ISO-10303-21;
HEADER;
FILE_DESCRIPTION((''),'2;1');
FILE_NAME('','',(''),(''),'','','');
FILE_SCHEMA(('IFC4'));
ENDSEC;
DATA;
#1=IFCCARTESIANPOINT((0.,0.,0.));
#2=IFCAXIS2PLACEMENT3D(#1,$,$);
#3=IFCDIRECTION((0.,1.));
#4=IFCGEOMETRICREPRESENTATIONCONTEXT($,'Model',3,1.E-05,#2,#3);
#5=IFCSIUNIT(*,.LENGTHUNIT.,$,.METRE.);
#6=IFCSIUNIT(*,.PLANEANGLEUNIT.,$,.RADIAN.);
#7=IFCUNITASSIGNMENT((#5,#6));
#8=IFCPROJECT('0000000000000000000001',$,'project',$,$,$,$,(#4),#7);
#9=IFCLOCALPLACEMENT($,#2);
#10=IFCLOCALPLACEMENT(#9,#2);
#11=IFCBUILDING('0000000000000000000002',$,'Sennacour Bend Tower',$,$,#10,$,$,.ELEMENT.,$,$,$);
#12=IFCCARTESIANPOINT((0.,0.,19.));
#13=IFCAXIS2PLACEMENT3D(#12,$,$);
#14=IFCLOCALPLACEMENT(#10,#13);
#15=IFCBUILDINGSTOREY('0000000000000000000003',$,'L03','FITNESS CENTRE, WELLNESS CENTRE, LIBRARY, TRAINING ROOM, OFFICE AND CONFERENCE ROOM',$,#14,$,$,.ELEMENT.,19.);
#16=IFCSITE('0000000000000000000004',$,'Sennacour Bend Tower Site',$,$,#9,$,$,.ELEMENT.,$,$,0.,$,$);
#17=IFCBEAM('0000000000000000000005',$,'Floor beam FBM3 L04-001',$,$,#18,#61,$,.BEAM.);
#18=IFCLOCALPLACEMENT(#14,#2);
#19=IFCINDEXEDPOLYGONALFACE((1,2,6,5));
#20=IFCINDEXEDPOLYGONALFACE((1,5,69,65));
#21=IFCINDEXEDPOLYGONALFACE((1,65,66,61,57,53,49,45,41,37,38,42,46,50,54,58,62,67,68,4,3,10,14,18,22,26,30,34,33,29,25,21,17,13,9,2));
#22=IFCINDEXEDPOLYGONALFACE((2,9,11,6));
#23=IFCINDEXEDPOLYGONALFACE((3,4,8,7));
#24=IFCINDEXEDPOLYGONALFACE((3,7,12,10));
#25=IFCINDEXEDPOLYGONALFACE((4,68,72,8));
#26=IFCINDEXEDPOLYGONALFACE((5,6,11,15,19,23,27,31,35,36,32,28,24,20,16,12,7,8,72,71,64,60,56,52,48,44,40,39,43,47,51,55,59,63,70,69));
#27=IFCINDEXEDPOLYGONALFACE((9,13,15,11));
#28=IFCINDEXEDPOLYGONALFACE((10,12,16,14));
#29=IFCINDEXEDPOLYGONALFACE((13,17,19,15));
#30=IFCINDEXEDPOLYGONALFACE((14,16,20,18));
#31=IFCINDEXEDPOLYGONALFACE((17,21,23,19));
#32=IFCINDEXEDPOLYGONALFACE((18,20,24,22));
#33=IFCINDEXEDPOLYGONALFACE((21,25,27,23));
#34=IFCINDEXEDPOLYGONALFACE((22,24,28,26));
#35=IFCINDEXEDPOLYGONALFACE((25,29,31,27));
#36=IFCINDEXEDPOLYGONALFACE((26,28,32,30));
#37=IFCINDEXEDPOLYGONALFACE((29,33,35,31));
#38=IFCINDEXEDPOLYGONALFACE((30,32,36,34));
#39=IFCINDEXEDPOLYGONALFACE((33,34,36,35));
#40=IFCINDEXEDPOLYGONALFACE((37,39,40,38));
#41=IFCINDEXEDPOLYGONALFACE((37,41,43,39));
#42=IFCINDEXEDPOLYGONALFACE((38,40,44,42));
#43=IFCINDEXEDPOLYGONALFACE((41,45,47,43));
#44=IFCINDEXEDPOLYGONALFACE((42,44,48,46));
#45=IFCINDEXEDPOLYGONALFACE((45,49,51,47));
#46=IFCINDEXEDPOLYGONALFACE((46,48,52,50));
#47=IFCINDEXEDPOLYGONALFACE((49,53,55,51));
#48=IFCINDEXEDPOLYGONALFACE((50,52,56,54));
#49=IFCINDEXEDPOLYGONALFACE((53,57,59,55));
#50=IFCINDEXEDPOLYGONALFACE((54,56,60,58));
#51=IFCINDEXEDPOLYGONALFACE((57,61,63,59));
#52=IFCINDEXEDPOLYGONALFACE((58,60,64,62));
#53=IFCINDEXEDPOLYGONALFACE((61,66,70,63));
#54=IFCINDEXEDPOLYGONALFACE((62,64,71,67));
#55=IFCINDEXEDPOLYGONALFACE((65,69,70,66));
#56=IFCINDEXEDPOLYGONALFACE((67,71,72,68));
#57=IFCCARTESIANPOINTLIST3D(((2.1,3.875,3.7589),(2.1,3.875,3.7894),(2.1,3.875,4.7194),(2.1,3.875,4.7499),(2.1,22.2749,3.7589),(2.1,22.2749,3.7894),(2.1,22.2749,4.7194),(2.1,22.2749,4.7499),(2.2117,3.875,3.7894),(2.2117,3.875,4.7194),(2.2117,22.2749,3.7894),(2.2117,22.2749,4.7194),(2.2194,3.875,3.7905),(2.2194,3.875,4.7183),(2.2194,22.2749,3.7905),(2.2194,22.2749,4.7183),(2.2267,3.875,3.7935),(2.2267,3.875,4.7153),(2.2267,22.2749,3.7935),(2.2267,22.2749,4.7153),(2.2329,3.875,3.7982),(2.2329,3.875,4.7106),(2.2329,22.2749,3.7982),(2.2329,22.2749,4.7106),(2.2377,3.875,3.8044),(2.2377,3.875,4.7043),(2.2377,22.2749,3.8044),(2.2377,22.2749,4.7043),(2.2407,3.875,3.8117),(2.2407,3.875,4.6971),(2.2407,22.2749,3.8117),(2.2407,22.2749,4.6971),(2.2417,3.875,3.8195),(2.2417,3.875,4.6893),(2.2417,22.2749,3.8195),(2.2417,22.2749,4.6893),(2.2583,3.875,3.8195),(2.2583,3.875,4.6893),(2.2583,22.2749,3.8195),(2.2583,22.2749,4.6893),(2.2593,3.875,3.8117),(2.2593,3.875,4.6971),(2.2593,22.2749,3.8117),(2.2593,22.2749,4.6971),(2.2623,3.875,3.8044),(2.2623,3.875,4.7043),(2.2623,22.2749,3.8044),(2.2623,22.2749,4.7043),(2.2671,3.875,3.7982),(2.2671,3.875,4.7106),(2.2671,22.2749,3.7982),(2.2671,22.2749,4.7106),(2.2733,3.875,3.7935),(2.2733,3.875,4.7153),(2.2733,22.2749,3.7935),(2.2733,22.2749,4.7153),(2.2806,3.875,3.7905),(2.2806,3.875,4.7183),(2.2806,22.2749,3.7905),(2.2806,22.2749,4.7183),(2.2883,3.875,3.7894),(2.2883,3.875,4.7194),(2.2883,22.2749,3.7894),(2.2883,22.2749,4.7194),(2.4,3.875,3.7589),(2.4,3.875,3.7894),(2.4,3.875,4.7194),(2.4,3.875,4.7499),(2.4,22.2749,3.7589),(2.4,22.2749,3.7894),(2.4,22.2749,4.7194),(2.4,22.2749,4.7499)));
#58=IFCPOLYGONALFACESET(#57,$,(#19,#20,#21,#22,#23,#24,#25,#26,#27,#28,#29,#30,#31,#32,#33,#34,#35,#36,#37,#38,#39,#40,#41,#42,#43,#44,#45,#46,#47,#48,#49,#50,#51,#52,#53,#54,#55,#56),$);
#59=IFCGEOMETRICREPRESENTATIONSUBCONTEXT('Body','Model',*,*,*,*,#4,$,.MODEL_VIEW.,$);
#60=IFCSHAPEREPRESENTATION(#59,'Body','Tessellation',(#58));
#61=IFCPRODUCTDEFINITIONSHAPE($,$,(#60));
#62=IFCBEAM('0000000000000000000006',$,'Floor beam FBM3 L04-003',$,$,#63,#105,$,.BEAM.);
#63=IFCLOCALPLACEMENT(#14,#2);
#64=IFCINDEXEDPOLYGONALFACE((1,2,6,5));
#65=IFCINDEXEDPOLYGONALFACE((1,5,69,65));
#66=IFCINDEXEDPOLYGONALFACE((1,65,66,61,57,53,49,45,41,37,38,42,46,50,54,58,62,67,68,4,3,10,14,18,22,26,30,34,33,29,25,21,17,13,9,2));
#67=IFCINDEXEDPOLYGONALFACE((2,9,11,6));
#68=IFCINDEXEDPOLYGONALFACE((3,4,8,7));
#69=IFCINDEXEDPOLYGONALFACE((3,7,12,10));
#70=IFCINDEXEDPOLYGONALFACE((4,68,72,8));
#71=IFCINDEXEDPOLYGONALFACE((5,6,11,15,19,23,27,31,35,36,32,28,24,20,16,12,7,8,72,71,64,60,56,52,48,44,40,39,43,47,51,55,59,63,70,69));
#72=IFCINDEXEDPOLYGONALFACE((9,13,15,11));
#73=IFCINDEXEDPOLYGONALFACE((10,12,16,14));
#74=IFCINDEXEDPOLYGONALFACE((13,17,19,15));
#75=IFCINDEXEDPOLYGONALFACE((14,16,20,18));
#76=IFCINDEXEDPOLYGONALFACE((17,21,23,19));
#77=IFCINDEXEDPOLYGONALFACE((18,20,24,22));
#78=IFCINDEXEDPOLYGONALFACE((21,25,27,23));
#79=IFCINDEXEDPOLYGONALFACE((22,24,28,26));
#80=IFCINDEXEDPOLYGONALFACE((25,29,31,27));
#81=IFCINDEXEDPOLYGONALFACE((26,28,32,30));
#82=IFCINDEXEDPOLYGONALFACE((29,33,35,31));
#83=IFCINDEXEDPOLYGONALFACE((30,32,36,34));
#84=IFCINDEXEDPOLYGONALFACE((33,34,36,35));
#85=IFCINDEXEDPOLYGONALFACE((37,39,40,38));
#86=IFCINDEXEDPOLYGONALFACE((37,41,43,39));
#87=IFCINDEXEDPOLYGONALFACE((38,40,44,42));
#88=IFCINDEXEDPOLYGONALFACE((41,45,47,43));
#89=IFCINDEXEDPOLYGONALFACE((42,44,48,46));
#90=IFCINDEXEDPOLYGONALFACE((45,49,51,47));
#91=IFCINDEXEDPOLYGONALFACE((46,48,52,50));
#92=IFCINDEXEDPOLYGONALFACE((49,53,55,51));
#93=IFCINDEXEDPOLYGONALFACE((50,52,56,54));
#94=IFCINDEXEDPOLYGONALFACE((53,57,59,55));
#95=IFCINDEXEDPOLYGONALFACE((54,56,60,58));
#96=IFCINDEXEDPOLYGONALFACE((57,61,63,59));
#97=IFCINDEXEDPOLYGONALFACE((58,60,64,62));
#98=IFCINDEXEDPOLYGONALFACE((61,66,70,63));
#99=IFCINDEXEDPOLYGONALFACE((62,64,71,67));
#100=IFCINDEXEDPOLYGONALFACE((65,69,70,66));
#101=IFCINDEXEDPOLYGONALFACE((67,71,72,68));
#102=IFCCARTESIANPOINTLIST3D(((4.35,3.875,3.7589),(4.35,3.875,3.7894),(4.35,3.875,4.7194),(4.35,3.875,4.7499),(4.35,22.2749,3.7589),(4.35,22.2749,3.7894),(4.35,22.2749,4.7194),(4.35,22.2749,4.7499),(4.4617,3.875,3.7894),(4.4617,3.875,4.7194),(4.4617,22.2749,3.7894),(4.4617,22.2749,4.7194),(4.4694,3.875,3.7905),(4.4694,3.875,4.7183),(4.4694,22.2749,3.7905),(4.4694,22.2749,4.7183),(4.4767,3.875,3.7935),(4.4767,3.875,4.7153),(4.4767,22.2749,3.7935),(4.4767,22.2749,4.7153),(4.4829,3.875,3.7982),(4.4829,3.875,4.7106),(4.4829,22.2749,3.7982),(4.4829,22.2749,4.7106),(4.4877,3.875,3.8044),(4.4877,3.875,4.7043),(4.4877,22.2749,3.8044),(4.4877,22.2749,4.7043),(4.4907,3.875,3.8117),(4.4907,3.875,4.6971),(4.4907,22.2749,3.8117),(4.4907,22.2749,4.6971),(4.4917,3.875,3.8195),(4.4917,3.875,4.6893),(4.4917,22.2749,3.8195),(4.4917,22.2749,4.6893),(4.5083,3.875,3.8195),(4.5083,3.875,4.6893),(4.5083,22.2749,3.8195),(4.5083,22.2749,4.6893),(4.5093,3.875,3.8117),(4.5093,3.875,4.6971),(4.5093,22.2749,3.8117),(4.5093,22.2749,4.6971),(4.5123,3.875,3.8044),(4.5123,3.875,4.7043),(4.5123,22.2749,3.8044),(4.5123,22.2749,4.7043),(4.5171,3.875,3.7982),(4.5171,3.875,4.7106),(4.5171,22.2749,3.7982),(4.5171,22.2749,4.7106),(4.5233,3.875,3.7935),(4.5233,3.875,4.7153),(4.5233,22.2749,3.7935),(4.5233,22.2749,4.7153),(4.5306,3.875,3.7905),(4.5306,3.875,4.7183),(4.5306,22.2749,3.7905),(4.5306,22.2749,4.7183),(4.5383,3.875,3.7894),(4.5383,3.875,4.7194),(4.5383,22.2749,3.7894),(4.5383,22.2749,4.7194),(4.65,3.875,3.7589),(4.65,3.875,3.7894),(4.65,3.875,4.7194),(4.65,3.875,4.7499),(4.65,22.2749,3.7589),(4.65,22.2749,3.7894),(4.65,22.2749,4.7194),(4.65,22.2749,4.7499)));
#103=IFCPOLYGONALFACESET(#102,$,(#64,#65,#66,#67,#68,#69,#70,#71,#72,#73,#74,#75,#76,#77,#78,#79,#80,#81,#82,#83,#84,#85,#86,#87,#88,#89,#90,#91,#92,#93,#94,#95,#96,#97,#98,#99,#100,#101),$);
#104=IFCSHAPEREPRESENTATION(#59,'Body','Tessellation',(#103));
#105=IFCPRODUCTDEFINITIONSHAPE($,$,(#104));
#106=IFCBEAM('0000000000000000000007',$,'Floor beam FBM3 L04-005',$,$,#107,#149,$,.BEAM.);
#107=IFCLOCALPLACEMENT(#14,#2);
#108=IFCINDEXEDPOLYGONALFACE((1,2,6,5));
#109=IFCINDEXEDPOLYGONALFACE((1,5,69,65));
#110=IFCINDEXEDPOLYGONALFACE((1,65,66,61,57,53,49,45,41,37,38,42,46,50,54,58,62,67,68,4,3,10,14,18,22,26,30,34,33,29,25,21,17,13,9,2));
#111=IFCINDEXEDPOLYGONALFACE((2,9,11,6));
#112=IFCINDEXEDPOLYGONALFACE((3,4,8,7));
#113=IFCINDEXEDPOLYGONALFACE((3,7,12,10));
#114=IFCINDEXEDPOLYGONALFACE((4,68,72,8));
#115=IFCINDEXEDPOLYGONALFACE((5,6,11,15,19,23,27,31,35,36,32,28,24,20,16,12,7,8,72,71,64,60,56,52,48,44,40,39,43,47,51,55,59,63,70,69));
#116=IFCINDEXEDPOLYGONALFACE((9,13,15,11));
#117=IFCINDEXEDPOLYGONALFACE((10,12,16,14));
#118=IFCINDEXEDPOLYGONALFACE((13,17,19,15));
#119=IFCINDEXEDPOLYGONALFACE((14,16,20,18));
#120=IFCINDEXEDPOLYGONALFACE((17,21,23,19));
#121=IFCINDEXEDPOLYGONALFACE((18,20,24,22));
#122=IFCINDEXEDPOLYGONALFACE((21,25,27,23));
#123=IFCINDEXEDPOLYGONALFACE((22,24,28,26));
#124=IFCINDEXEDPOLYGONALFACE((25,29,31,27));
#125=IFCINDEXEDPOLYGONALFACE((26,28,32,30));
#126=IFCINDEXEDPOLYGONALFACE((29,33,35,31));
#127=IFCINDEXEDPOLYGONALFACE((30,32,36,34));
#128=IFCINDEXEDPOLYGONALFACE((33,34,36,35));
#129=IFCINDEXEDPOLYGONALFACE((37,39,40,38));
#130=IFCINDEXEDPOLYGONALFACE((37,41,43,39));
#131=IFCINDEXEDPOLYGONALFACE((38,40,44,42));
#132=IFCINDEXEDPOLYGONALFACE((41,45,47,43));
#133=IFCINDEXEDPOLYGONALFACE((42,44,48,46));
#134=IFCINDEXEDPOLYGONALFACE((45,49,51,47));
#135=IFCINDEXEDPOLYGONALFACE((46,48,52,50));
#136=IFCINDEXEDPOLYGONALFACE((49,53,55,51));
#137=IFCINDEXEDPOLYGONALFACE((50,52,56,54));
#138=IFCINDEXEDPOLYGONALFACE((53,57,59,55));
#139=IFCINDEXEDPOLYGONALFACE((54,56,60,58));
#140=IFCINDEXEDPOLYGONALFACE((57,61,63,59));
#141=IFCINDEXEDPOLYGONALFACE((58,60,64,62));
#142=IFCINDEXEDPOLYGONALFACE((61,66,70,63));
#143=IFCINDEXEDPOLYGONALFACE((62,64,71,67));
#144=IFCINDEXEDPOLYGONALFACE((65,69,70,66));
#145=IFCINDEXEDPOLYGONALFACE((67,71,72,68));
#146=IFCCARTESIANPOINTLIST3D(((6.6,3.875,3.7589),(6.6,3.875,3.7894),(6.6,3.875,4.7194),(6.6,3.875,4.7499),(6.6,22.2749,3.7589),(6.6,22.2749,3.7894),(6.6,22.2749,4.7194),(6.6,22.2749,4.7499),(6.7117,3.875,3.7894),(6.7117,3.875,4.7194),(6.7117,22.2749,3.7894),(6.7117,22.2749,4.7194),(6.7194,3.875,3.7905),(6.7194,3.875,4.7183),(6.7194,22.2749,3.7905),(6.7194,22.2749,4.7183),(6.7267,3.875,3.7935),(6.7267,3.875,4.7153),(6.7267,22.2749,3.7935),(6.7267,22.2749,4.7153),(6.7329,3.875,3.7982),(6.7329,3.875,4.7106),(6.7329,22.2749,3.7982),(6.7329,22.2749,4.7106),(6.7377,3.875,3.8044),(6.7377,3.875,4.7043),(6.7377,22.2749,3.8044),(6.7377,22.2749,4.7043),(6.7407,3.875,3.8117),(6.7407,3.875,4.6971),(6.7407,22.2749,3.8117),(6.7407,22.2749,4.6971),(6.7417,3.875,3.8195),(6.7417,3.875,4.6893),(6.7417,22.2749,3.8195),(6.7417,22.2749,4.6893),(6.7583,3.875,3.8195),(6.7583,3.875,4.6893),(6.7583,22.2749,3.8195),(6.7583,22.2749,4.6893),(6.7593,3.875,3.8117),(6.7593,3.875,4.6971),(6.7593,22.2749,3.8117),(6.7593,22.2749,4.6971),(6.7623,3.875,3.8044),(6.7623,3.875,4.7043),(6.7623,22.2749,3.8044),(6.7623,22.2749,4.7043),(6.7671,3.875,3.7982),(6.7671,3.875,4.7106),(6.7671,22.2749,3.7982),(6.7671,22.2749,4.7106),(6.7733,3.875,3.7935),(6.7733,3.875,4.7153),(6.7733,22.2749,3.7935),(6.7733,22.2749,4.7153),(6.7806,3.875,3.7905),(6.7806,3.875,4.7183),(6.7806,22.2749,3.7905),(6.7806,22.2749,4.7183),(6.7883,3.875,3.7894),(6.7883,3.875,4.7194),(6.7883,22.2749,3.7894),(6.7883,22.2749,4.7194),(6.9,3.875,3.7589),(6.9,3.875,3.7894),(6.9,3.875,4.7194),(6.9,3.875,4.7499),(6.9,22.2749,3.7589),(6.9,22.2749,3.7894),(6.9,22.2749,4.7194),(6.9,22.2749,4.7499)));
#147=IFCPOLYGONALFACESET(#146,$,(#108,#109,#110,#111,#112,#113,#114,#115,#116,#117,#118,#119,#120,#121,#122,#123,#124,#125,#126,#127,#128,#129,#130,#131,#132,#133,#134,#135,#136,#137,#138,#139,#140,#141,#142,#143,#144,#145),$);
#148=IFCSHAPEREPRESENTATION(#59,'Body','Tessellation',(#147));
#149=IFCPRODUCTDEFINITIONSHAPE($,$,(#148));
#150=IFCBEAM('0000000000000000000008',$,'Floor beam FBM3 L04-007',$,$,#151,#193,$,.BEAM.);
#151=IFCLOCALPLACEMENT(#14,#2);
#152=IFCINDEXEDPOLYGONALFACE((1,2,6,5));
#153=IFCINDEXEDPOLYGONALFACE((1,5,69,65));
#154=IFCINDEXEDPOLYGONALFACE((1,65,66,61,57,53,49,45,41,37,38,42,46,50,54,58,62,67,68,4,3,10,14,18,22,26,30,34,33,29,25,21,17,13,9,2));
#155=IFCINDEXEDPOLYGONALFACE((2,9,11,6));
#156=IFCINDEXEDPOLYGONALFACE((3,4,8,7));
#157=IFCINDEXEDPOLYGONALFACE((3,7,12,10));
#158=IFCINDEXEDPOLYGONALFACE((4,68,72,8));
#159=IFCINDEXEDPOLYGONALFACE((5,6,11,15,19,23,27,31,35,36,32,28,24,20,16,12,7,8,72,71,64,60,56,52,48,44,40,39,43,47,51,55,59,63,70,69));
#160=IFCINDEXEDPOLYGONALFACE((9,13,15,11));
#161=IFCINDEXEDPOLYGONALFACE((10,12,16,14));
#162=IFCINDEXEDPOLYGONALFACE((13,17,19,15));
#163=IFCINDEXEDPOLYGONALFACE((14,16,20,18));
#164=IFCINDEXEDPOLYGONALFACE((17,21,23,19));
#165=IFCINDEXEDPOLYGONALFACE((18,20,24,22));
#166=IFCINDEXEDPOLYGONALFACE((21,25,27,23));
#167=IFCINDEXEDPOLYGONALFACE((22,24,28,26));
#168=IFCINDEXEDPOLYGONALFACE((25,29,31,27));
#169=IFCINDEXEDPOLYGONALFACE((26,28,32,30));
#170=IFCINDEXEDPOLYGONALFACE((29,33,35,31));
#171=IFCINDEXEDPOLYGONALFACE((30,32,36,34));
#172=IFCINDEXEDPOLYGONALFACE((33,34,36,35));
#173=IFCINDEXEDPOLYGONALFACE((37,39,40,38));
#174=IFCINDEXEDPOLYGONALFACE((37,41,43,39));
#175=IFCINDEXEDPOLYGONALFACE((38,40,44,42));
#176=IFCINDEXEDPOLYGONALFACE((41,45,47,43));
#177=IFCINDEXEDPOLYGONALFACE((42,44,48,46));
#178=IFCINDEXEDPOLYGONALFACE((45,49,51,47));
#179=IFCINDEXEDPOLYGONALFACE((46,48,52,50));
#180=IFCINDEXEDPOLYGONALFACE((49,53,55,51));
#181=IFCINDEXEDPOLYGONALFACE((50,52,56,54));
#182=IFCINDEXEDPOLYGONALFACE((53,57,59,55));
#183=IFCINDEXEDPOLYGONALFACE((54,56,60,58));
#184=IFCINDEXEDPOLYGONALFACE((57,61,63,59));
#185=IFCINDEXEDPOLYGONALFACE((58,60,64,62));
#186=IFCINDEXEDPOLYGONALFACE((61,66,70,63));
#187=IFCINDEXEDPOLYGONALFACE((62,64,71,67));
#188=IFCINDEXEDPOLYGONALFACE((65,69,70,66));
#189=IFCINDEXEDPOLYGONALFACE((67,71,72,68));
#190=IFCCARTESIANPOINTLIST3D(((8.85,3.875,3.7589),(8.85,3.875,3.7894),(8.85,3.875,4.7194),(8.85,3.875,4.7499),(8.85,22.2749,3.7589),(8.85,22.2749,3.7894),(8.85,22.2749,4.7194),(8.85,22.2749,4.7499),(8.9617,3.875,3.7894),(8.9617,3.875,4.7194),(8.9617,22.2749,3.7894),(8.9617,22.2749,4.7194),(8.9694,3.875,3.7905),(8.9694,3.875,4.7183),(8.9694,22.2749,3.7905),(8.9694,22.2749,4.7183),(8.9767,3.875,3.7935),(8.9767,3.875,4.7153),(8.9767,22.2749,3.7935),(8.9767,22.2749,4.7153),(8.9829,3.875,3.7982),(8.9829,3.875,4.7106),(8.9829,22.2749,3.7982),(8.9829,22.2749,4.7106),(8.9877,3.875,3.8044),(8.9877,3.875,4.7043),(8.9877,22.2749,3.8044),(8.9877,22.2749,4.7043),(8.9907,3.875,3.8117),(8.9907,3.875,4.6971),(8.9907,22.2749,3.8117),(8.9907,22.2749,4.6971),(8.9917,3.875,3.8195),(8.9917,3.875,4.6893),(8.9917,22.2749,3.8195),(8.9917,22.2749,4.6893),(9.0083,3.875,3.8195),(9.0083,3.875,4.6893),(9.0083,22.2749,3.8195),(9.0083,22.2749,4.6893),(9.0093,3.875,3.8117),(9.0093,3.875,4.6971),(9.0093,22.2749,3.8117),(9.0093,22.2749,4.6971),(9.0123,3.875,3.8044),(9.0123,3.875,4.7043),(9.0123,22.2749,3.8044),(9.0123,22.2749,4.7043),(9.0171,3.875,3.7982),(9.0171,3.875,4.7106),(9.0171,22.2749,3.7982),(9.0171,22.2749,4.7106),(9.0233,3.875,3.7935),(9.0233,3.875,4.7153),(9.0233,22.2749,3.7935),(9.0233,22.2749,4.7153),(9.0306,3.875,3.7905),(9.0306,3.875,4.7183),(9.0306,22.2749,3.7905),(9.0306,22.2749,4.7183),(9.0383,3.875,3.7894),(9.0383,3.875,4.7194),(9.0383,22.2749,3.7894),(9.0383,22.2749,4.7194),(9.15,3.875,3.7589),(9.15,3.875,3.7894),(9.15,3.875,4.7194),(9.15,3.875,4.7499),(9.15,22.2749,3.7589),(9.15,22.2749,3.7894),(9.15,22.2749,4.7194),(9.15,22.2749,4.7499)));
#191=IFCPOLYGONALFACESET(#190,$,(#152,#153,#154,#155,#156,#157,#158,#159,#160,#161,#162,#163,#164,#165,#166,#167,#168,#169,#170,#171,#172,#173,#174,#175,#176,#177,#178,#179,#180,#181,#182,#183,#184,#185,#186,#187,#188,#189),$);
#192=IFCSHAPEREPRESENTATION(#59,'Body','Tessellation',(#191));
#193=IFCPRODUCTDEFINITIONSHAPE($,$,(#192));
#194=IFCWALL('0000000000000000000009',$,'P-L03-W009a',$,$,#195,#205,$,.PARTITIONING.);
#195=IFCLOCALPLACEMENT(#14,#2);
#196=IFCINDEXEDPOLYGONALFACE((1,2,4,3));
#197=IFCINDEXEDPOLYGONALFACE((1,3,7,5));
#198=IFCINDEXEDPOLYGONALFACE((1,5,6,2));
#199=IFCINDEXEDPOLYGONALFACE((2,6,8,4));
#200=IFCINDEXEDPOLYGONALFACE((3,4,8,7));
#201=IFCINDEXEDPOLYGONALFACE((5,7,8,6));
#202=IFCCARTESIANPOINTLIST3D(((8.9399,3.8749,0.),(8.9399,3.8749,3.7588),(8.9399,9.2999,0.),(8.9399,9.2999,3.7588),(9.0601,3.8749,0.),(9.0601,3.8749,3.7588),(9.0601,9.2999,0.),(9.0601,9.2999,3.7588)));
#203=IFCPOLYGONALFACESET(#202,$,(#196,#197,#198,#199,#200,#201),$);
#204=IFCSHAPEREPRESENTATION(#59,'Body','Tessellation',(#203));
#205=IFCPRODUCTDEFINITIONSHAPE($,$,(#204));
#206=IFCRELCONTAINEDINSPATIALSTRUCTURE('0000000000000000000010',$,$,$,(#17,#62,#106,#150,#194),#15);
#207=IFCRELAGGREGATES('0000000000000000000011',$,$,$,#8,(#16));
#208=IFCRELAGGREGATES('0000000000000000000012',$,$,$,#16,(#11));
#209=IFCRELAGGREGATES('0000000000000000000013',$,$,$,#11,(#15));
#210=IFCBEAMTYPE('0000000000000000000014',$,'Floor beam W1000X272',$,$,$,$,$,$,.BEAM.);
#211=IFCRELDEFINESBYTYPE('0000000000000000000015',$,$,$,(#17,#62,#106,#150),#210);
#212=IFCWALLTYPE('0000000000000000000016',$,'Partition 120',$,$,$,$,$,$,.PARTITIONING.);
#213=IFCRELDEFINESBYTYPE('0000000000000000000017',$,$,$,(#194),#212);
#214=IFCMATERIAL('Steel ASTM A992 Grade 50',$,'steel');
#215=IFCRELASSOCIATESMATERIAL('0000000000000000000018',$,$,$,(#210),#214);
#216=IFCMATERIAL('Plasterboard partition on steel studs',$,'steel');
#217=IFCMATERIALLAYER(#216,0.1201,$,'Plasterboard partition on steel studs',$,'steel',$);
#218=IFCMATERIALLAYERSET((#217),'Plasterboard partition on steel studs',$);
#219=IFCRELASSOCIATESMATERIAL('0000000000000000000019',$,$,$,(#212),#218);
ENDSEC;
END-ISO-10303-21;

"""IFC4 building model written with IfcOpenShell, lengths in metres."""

from ifc_helpers import new_model, si_unit, direction, frame, frame_2d, origin, origin_2d, place, context, subcontext, project, spatial, rectangle, i_section, extrude, material, layer, layer_set, material_profile, profile_set, type_object, element, save


model = new_model("IFC4")

# Units and contexts
model_context = context("Model", 3, precision=1e-05, world=origin(), true_north=direction((0.0, 1.0)))
body_context = subcontext(model_context, "Body", "Model", "MODEL_VIEW")
ifc_project = project(units=[si_unit("LENGTHUNIT", "METRE"), si_unit("PLANEANGLEUNIT", "RADIAN")], contexts=[model_context])

# Site, building, storey
site_placement = place(None, origin())
site = spatial("IfcSite", under=ifc_project, at=site_placement, Name="Sennacour Bend Tower Site", CompositionType="ELEMENT", RefElevation=0.0)
building_placement = place(site_placement, origin())
building = spatial("IfcBuilding", under=site, at=building_placement, Name="Sennacour Bend Tower", CompositionType="ELEMENT")
storey_placement = place(building_placement, frame((0.0, 0.0, 19.0)))
storey = spatial("IfcBuildingStorey", under=building, at=storey_placement, Name="L03", Description="FITNESS CENTRE, WELLNESS CENTRE, LIBRARY, TRAINING ROOM, OFFICE AND CONFERENCE ROOM", CompositionType="ELEMENT", Elevation=19.0)

# Beams
ifc_material_1 = material(Name="Steel ASTM A992 Grade 50", Category="steel")
ifc_material_profile = material_profile(ifc_material_1, i_section(OverallWidth=0.3, OverallDepth=0.991, WebThickness=0.0166, FlangeThickness=0.0305, FilletRadius=0.03, at=origin_2d()), Name="Steel ASTM A992 Grade 50", Category="steel")
ifc_profile_set = profile_set([ifc_material_profile], Name="Steel ASTM A992 Grade 50")
beam_type = type_object("IfcBeamType", Name="Floor beam W1000X272", PredefinedType="BEAM", material=ifc_profile_set)
for number, where, z_axis, x_axis, name in (
    (1, (2.25, 3.875, 4.2544), (0.0, 1.0, 0.0), (-1.0, 0.0, 0.0), "Floor beam FBM3 L04-001"),
    (2, (4.5, 3.875, 4.2544), (0.0, 1.0, 0.0), (-1.0, 0.0, 0.0), "Floor beam FBM3 L04-003"),
    (3, (6.75, 3.875, 4.2544), (0.0, 1.0, 0.0), (-1.0, 0.0, 0.0), "Floor beam FBM3 L04-005"),
    (4, (9.0, 3.875, 4.2544), (0.0, 1.0, 0.0), (-1.0, 0.0, 0.0), "Floor beam FBM3 L04-007"),
):
    element("IfcBeam", number, at=place(storey_placement, frame(where, z_axis=z_axis, x_axis=x_axis)), inside=storey, type_object=beam_type, Name=name, PredefinedType="BEAM", context=body_context, shape_type="SweptSolid", body=[
        extrude(i_section(OverallWidth=0.3, OverallDepth=0.991, WebThickness=0.0166, FlangeThickness=0.0305, FilletRadius=0.03, at=origin_2d()), origin(), (0.0, 0.0, 1.0), 18.3999),
    ])

# Wall
ifc_material_2 = material(Name="Plasterboard partition on steel studs", Category="steel")
ifc_layer_1 = layer(ifc_material_2, 0.1201, Name="Plasterboard partition on steel studs", Category="steel")
ifc_layer_set_1 = layer_set([ifc_layer_1], Name="Plasterboard partition on steel studs")
wall_type_1 = type_object("IfcWallType", Name="Partition 120", PredefinedType="PARTITIONING", material=ifc_layer_set_1)
wall_1_placement = place(storey_placement, frame((9.0, 3.875, 0.0), z_axis=(0.0, 0.0, 1.0), x_axis=(0.0, 1.0, 0.0)))
element("IfcWall", 5, at=wall_1_placement, inside=storey, type_object=wall_type_1, Name="P-L03-W009a", PredefinedType="PARTITIONING", context=body_context, shape_type="SweptSolid", body=[
    extrude(rectangle(XDim=5.425, YDim=0.1201, at=frame_2d((2.7124, 0.0))), origin(), (0.0, 0.0, 1.0), 3.7588),
])

save(model, "model.ifc")
